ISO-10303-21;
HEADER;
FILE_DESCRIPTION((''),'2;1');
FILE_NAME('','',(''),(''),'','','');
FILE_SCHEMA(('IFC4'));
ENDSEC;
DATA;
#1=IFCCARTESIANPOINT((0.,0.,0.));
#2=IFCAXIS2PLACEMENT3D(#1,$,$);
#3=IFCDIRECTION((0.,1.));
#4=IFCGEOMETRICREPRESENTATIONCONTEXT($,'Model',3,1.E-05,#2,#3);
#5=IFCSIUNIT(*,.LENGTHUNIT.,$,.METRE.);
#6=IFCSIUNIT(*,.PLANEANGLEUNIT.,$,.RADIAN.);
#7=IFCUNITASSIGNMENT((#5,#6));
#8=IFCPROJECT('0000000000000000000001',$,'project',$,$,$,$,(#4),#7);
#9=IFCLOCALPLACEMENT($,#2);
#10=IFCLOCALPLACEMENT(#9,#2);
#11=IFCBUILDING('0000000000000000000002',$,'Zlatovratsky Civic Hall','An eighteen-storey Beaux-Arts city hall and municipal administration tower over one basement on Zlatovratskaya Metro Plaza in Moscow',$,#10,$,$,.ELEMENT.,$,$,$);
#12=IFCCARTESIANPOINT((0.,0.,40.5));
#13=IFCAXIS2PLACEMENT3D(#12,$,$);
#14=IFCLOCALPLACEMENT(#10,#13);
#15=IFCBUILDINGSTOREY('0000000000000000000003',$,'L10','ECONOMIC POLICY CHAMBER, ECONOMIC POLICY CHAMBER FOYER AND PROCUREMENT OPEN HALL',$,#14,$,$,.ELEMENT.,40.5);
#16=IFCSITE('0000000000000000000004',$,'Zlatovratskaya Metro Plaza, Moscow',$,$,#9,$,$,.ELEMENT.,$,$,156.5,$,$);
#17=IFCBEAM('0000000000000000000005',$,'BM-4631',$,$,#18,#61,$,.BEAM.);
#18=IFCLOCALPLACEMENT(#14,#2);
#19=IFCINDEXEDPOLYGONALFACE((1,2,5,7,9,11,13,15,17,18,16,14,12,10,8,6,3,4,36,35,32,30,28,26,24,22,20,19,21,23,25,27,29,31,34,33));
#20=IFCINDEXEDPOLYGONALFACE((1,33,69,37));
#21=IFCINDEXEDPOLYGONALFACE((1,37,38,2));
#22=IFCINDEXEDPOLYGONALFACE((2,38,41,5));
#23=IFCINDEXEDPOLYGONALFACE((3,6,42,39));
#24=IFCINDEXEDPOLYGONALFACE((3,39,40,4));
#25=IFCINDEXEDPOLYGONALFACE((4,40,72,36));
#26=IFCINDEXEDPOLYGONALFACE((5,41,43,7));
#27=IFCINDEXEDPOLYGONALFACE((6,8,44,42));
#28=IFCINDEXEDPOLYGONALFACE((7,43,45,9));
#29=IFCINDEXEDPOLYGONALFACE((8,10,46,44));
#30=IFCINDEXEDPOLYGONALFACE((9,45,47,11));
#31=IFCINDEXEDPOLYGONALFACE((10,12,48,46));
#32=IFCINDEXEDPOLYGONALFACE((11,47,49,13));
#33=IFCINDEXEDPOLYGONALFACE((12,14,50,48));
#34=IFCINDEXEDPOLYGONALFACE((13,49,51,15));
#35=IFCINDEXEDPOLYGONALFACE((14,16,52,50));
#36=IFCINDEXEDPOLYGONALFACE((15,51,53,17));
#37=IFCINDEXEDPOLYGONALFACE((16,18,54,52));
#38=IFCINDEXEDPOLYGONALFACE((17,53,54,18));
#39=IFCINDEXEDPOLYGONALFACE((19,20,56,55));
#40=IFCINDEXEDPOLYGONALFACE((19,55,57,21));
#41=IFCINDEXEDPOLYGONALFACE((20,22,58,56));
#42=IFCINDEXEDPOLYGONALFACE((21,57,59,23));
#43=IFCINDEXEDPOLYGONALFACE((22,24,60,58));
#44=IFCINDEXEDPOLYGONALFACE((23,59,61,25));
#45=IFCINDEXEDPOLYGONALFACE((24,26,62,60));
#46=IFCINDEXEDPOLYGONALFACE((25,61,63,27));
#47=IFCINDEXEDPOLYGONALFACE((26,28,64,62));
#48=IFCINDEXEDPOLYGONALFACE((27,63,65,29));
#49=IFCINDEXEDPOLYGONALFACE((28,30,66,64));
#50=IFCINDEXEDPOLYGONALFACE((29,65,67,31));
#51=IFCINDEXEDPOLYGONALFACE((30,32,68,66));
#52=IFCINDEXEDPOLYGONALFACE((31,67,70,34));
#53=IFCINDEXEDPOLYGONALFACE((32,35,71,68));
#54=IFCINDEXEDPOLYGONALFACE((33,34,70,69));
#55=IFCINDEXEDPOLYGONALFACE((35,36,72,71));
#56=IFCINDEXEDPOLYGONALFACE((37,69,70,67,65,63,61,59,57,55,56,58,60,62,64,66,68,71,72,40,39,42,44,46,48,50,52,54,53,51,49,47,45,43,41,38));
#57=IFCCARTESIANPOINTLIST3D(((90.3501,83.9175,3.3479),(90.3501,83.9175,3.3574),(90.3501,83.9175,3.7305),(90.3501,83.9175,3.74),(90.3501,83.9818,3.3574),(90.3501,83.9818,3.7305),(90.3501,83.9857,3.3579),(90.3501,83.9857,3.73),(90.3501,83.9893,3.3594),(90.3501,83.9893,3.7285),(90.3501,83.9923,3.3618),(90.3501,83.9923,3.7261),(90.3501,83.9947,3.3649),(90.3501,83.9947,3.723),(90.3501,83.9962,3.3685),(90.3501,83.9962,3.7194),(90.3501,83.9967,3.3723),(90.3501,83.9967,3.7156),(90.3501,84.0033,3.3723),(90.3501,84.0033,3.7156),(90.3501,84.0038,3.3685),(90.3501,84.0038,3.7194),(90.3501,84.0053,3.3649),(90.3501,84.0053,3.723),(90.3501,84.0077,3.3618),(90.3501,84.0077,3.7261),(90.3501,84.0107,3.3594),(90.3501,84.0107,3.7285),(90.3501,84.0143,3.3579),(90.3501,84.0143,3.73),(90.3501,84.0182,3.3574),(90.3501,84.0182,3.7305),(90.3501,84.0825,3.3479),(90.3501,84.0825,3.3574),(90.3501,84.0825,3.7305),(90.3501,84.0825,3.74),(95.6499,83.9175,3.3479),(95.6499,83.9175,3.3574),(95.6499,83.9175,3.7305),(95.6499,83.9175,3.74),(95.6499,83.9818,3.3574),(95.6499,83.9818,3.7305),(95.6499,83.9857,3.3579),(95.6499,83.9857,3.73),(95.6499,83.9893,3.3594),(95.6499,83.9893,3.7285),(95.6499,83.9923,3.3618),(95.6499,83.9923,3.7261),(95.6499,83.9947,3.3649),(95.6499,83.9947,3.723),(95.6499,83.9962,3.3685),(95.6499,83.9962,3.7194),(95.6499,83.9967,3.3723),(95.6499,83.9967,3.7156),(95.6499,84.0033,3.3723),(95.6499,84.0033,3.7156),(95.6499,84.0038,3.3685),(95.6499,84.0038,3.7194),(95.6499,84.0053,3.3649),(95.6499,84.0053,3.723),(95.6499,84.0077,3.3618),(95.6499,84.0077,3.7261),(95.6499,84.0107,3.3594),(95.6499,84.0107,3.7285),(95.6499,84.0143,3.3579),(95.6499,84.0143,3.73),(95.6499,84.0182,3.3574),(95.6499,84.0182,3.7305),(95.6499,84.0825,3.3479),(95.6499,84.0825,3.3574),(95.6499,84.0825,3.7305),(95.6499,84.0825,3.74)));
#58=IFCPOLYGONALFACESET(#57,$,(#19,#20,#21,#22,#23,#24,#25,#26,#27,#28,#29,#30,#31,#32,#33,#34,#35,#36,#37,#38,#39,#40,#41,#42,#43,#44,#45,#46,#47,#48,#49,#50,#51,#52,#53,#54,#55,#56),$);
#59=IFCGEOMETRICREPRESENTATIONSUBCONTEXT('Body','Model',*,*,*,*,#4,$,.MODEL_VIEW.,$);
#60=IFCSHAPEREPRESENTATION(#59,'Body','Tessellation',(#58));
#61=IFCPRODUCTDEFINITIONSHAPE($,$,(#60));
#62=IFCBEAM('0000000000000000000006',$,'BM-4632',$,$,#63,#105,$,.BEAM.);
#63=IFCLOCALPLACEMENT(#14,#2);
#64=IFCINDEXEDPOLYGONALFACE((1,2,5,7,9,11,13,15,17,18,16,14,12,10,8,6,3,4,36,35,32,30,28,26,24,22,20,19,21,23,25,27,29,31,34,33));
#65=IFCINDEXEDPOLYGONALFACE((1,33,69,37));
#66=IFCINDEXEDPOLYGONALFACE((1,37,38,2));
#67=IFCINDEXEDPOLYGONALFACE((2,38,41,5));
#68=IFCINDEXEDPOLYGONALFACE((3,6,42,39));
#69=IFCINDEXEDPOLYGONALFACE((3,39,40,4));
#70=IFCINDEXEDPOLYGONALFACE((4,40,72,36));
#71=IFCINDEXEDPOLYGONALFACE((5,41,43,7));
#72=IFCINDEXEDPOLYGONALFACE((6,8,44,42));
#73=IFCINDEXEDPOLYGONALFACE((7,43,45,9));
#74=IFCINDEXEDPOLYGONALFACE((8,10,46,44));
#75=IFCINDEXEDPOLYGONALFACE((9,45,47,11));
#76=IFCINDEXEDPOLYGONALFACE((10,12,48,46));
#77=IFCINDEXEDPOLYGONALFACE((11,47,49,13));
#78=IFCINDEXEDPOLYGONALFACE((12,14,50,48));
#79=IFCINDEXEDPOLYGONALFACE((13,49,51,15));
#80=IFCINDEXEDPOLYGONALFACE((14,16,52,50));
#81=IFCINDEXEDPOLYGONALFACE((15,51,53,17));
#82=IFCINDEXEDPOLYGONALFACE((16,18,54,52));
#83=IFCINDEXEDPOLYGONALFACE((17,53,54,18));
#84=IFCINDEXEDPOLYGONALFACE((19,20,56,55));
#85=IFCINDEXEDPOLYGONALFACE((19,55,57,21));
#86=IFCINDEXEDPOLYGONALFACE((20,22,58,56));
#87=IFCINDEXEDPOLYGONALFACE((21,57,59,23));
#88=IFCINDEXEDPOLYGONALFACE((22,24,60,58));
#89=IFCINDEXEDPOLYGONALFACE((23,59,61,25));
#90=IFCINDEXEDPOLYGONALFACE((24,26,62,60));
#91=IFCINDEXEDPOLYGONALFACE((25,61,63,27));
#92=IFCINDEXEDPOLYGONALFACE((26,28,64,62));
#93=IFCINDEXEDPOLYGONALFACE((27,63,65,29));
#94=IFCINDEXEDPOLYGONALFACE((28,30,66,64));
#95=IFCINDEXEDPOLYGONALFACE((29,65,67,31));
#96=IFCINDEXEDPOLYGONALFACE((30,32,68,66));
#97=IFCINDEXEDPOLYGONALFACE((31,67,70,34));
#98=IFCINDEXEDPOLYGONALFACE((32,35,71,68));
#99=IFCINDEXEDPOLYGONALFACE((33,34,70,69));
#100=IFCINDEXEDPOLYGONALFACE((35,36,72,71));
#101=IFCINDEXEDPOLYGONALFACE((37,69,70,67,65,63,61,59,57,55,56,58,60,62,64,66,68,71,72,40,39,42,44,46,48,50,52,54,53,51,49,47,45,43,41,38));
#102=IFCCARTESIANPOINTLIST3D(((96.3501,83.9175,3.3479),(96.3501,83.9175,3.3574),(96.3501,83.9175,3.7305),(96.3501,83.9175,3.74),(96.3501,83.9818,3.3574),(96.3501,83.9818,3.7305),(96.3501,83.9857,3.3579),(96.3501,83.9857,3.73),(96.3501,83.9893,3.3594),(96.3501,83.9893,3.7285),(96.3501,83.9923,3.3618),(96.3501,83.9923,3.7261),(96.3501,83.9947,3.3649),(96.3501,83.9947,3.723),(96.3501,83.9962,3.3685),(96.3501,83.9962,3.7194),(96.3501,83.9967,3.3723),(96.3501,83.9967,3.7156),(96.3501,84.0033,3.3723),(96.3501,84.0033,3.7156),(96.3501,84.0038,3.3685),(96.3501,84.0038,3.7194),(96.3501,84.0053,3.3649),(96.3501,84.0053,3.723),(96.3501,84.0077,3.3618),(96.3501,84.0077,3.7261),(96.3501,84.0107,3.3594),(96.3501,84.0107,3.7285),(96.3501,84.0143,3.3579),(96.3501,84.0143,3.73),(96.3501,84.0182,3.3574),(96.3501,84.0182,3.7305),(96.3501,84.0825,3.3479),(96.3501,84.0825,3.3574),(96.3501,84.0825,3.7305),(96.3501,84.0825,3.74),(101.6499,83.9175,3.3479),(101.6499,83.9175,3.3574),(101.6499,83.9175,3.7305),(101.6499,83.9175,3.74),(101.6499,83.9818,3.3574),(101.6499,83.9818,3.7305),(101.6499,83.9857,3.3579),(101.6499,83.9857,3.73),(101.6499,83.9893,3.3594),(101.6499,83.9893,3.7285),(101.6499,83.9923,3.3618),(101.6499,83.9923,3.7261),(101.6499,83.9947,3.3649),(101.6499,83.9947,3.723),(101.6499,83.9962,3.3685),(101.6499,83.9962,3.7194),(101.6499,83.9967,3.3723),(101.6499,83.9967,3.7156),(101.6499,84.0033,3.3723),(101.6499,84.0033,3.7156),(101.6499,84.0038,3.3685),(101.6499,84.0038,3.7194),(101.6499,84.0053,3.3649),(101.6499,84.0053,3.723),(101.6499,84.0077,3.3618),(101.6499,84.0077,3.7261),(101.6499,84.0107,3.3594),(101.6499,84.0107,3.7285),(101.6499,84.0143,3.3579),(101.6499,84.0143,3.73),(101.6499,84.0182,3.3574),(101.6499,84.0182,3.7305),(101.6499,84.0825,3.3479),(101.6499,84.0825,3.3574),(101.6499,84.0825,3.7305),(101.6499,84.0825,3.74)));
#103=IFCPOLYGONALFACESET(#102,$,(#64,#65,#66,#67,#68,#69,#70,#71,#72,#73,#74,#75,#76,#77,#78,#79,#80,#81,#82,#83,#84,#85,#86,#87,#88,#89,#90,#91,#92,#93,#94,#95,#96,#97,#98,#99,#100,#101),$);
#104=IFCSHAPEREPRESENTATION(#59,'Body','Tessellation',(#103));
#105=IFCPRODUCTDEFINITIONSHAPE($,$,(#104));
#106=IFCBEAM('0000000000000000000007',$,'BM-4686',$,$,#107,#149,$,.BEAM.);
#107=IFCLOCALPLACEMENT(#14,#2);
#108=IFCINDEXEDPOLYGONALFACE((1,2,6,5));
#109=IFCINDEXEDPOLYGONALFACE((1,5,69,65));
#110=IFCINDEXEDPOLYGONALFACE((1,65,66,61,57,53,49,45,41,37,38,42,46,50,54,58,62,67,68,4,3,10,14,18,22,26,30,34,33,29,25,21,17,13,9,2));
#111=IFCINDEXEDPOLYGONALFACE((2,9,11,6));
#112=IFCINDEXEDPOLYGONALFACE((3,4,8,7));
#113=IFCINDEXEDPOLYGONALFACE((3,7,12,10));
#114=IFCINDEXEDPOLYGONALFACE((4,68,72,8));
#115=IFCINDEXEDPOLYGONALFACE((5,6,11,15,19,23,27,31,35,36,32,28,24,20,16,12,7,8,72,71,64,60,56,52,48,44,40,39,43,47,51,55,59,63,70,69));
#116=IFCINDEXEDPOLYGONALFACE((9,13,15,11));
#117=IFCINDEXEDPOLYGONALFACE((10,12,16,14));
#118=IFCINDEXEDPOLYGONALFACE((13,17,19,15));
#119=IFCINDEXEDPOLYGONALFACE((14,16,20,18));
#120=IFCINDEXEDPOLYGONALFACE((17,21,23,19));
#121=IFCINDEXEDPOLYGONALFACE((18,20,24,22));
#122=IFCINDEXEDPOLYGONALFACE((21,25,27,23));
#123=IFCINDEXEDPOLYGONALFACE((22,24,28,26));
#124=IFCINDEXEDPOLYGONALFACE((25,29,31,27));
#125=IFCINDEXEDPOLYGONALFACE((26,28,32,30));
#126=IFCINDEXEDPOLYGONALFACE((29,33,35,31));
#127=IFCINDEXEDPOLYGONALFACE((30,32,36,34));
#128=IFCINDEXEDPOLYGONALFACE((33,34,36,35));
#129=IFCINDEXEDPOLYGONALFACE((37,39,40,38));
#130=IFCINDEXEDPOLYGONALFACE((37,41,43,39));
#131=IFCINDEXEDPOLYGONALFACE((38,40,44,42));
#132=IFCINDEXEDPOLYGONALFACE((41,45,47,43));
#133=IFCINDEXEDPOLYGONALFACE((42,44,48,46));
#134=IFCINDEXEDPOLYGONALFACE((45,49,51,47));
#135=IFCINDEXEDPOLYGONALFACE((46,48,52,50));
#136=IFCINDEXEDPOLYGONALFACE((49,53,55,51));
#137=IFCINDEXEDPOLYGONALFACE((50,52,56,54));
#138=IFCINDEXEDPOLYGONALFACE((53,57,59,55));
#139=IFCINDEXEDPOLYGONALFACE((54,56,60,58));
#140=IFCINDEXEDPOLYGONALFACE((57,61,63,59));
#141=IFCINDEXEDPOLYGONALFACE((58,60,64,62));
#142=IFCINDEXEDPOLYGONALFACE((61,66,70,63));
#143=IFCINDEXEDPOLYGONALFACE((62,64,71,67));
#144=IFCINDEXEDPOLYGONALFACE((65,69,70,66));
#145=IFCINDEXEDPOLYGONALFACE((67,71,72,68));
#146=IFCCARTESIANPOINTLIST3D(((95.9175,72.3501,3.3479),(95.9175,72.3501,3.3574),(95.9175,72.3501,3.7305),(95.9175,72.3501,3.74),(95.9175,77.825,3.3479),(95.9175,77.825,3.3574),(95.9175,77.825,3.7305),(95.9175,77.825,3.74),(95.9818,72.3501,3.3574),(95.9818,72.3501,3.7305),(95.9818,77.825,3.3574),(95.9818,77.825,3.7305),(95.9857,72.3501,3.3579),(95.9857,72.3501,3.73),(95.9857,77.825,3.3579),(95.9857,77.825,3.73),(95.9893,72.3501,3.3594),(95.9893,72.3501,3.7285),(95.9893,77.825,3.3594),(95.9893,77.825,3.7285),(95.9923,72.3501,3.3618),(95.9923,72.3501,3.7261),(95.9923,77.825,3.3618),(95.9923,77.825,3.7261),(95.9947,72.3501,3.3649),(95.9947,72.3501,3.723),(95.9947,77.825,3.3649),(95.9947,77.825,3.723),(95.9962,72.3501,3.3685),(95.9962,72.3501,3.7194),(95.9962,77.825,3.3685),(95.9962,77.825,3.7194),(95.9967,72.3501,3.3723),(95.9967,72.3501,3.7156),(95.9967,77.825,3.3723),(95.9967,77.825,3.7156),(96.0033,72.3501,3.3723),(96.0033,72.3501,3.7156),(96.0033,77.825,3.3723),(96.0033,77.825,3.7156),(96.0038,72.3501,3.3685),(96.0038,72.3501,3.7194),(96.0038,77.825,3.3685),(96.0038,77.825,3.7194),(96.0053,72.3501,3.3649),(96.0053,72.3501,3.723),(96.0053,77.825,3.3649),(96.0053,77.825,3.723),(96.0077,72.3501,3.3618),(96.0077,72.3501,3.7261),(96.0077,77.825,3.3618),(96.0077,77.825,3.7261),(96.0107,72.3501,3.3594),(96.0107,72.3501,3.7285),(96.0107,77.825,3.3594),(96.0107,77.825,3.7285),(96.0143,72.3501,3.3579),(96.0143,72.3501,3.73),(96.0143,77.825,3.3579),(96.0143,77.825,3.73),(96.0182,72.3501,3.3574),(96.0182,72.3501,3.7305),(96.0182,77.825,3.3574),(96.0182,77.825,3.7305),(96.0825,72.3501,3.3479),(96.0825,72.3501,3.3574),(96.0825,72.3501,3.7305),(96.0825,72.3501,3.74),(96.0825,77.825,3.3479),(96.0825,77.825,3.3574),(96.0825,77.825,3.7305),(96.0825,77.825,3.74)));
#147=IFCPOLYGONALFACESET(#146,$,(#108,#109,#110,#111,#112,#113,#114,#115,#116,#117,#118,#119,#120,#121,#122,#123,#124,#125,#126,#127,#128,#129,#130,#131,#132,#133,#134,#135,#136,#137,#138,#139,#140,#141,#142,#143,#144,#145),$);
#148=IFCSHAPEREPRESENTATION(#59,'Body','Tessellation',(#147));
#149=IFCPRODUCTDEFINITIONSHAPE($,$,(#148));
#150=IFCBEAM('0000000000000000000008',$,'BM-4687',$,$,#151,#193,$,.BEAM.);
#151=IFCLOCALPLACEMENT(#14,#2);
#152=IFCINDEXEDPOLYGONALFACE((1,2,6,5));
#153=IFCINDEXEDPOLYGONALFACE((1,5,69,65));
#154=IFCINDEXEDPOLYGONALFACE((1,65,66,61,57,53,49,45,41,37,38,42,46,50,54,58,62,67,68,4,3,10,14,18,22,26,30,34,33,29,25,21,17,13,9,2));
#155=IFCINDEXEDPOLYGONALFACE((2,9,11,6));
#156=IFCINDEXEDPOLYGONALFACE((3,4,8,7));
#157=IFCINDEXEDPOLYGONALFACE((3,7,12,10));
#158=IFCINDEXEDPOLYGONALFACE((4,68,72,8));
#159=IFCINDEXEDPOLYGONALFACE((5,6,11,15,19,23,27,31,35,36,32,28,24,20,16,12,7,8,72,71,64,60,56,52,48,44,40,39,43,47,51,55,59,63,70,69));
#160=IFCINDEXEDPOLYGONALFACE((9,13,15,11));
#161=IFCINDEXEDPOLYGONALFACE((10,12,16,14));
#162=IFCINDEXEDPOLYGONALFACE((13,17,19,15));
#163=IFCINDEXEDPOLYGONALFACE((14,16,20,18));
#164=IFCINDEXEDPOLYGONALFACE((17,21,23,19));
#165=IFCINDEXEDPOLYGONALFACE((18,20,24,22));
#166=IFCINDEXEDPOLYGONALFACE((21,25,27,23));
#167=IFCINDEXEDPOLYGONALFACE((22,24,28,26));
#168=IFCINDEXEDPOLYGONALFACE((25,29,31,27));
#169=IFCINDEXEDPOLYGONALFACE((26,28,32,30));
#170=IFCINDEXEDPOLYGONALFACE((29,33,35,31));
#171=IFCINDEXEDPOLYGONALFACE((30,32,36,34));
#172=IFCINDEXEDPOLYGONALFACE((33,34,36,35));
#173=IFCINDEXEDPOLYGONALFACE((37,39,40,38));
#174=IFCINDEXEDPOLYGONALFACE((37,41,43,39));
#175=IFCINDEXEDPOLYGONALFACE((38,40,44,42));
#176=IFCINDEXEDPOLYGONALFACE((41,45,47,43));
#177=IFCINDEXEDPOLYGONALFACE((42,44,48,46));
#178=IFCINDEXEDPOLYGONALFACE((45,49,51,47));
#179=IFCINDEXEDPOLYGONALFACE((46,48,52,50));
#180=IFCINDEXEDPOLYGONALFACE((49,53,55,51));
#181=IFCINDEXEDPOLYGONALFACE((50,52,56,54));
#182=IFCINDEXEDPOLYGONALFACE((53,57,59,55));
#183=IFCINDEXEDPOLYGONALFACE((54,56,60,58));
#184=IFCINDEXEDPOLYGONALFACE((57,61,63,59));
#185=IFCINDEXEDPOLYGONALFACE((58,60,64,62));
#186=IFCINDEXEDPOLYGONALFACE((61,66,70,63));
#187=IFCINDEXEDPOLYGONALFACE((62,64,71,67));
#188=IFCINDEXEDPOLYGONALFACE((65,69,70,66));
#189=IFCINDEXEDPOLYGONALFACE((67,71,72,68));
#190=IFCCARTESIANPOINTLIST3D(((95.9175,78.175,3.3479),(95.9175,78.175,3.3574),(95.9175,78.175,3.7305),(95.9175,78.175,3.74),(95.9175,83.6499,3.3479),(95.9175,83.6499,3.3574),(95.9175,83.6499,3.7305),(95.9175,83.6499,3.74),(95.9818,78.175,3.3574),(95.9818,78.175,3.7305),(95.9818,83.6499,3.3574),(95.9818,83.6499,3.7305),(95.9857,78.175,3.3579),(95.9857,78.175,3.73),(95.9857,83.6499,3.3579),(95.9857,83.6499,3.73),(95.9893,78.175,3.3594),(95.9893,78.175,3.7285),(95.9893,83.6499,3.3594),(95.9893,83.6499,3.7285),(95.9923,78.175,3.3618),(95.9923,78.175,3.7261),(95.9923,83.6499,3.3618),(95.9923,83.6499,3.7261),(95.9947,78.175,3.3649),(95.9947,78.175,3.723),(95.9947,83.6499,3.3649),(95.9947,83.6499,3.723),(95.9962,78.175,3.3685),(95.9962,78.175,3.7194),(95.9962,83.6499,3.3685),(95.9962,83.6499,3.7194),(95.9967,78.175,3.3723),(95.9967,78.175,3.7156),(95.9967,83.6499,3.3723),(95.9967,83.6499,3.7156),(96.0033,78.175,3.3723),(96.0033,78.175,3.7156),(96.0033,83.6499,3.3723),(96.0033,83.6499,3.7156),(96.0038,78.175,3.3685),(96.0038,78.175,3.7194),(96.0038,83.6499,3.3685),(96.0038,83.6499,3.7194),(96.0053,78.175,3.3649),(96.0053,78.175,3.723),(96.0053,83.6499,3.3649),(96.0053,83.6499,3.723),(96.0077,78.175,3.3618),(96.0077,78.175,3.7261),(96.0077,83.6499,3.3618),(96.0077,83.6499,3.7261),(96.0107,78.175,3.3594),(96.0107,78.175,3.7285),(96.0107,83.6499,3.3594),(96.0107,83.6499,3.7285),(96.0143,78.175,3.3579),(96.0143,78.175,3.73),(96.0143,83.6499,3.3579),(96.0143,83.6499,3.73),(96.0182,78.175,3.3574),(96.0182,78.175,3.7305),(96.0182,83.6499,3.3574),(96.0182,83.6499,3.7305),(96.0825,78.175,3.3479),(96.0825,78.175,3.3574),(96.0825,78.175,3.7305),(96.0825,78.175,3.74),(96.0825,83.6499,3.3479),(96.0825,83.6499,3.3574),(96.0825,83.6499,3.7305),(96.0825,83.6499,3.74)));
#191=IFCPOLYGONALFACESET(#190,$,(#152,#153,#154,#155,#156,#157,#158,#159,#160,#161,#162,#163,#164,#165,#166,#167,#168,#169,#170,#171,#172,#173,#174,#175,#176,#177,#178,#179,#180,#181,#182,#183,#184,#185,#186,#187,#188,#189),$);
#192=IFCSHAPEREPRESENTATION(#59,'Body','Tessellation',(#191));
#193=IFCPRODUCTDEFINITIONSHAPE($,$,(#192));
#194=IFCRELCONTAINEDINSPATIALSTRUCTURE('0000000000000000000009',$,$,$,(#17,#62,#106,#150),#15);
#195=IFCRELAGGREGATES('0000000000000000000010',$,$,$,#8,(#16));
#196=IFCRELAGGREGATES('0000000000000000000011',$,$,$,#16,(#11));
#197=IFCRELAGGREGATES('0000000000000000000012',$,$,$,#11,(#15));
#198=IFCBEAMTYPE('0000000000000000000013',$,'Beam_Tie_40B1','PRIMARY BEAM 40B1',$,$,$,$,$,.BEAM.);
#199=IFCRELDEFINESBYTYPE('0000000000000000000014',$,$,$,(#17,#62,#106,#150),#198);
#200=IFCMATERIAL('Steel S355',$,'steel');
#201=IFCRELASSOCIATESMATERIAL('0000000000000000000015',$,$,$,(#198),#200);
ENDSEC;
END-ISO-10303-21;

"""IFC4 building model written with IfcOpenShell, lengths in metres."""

from ifc_helpers import new_model, si_unit, direction, frame, origin, origin_2d, place, context, subcontext, project, spatial, i_section, extrude, material, material_profile, profile_set, type_object, element, save


model = new_model("IFC4")

# Units and contexts
model_context = context("Model", 3, precision=1e-05, world=origin(), true_north=direction((0.0, 1.0)))
body_context = subcontext(model_context, "Body", "Model", "MODEL_VIEW")
ifc_project = project(units=[si_unit("LENGTHUNIT", "METRE"), si_unit("PLANEANGLEUNIT", "RADIAN")], contexts=[model_context])

# Site, building, storey
site_placement = place(None, origin())
site = spatial("IfcSite", under=ifc_project, at=site_placement, Name="Zlatovratskaya Metro Plaza, Moscow", CompositionType="ELEMENT", RefElevation=156.5)
building_placement = place(site_placement, origin())
building = spatial("IfcBuilding", under=site, at=building_placement, Name="Zlatovratsky Civic Hall", Description="An eighteen-storey Beaux-Arts city hall and municipal administration tower over one basement on Zlatovratskaya Metro Plaza in Moscow", CompositionType="ELEMENT")
storey_placement = place(building_placement, frame((0.0, 0.0, 40.5)))
storey = spatial("IfcBuildingStorey", under=building, at=storey_placement, Name="L10", Description="ECONOMIC POLICY CHAMBER, ECONOMIC POLICY CHAMBER FOYER AND PROCUREMENT OPEN HALL", CompositionType="ELEMENT", Elevation=40.5)

# Shared definitions
ifc_material_1 = material(Name="Steel S355", Category="steel")

# Beams
ifc_material_profile_1 = material_profile(ifc_material_1, i_section(OverallWidth=0.165, OverallDepth=0.3921, WebThickness=0.0066, FlangeThickness=0.0095, FilletRadius=0.0149, at=origin_2d()), Name="40B1")
ifc_profile_set_1 = profile_set([ifc_material_profile_1], Name="Steel S355")
beam_type_1 = type_object("IfcBeamType", Name="Beam_Tie_40B1", Description="PRIMARY BEAM 40B1", PredefinedType="BEAM", material=ifc_profile_set_1)
for number, where, z_axis, x_axis, name in (
    (1, (90.3501, 84.0, 3.5439), (1.0, 0.0, 0.0), (0.0, 1.0, 0.0), "BM-4631"),
    (2, (96.3501, 84.0, 3.5439), (1.0, 0.0, 0.0), (0.0, 1.0, 0.0), "BM-4632"),
):
    element("IfcBeam", number, at=place(storey_placement, frame(where, z_axis=z_axis, x_axis=x_axis)), inside=storey, type_object=beam_type_1, Name=name, PredefinedType="BEAM", context=body_context, shape_type="SweptSolid", body=[
        extrude(i_section(OverallWidth=0.165, OverallDepth=0.3921, WebThickness=0.0066, FlangeThickness=0.0095, FilletRadius=0.0149, at=origin_2d()), origin(), (0.0, 0.0, 1.0), 5.2998),
    ])
for number, where, z_axis, x_axis, name in (
    (3, (96.0, 72.3501, 3.5439), (0.0, 1.0, 0.0), (-1.0, 0.0, 0.0), "BM-4686"),
    (4, (96.0, 78.175, 3.5439), (0.0, 1.0, 0.0), (-1.0, 0.0, 0.0), "BM-4687"),
):
    element("IfcBeam", number, at=place(storey_placement, frame(where, z_axis=z_axis, x_axis=x_axis)), inside=storey, type_object=beam_type_1, Name=name, PredefinedType="BEAM", context=body_context, shape_type="SweptSolid", body=[
        extrude(i_section(OverallWidth=0.165, OverallDepth=0.3921, WebThickness=0.0066, FlangeThickness=0.0095, FilletRadius=0.0149, at=origin_2d()), origin(), (0.0, 0.0, 1.0), 5.4749),
    ])

save(model, "model.ifc")
